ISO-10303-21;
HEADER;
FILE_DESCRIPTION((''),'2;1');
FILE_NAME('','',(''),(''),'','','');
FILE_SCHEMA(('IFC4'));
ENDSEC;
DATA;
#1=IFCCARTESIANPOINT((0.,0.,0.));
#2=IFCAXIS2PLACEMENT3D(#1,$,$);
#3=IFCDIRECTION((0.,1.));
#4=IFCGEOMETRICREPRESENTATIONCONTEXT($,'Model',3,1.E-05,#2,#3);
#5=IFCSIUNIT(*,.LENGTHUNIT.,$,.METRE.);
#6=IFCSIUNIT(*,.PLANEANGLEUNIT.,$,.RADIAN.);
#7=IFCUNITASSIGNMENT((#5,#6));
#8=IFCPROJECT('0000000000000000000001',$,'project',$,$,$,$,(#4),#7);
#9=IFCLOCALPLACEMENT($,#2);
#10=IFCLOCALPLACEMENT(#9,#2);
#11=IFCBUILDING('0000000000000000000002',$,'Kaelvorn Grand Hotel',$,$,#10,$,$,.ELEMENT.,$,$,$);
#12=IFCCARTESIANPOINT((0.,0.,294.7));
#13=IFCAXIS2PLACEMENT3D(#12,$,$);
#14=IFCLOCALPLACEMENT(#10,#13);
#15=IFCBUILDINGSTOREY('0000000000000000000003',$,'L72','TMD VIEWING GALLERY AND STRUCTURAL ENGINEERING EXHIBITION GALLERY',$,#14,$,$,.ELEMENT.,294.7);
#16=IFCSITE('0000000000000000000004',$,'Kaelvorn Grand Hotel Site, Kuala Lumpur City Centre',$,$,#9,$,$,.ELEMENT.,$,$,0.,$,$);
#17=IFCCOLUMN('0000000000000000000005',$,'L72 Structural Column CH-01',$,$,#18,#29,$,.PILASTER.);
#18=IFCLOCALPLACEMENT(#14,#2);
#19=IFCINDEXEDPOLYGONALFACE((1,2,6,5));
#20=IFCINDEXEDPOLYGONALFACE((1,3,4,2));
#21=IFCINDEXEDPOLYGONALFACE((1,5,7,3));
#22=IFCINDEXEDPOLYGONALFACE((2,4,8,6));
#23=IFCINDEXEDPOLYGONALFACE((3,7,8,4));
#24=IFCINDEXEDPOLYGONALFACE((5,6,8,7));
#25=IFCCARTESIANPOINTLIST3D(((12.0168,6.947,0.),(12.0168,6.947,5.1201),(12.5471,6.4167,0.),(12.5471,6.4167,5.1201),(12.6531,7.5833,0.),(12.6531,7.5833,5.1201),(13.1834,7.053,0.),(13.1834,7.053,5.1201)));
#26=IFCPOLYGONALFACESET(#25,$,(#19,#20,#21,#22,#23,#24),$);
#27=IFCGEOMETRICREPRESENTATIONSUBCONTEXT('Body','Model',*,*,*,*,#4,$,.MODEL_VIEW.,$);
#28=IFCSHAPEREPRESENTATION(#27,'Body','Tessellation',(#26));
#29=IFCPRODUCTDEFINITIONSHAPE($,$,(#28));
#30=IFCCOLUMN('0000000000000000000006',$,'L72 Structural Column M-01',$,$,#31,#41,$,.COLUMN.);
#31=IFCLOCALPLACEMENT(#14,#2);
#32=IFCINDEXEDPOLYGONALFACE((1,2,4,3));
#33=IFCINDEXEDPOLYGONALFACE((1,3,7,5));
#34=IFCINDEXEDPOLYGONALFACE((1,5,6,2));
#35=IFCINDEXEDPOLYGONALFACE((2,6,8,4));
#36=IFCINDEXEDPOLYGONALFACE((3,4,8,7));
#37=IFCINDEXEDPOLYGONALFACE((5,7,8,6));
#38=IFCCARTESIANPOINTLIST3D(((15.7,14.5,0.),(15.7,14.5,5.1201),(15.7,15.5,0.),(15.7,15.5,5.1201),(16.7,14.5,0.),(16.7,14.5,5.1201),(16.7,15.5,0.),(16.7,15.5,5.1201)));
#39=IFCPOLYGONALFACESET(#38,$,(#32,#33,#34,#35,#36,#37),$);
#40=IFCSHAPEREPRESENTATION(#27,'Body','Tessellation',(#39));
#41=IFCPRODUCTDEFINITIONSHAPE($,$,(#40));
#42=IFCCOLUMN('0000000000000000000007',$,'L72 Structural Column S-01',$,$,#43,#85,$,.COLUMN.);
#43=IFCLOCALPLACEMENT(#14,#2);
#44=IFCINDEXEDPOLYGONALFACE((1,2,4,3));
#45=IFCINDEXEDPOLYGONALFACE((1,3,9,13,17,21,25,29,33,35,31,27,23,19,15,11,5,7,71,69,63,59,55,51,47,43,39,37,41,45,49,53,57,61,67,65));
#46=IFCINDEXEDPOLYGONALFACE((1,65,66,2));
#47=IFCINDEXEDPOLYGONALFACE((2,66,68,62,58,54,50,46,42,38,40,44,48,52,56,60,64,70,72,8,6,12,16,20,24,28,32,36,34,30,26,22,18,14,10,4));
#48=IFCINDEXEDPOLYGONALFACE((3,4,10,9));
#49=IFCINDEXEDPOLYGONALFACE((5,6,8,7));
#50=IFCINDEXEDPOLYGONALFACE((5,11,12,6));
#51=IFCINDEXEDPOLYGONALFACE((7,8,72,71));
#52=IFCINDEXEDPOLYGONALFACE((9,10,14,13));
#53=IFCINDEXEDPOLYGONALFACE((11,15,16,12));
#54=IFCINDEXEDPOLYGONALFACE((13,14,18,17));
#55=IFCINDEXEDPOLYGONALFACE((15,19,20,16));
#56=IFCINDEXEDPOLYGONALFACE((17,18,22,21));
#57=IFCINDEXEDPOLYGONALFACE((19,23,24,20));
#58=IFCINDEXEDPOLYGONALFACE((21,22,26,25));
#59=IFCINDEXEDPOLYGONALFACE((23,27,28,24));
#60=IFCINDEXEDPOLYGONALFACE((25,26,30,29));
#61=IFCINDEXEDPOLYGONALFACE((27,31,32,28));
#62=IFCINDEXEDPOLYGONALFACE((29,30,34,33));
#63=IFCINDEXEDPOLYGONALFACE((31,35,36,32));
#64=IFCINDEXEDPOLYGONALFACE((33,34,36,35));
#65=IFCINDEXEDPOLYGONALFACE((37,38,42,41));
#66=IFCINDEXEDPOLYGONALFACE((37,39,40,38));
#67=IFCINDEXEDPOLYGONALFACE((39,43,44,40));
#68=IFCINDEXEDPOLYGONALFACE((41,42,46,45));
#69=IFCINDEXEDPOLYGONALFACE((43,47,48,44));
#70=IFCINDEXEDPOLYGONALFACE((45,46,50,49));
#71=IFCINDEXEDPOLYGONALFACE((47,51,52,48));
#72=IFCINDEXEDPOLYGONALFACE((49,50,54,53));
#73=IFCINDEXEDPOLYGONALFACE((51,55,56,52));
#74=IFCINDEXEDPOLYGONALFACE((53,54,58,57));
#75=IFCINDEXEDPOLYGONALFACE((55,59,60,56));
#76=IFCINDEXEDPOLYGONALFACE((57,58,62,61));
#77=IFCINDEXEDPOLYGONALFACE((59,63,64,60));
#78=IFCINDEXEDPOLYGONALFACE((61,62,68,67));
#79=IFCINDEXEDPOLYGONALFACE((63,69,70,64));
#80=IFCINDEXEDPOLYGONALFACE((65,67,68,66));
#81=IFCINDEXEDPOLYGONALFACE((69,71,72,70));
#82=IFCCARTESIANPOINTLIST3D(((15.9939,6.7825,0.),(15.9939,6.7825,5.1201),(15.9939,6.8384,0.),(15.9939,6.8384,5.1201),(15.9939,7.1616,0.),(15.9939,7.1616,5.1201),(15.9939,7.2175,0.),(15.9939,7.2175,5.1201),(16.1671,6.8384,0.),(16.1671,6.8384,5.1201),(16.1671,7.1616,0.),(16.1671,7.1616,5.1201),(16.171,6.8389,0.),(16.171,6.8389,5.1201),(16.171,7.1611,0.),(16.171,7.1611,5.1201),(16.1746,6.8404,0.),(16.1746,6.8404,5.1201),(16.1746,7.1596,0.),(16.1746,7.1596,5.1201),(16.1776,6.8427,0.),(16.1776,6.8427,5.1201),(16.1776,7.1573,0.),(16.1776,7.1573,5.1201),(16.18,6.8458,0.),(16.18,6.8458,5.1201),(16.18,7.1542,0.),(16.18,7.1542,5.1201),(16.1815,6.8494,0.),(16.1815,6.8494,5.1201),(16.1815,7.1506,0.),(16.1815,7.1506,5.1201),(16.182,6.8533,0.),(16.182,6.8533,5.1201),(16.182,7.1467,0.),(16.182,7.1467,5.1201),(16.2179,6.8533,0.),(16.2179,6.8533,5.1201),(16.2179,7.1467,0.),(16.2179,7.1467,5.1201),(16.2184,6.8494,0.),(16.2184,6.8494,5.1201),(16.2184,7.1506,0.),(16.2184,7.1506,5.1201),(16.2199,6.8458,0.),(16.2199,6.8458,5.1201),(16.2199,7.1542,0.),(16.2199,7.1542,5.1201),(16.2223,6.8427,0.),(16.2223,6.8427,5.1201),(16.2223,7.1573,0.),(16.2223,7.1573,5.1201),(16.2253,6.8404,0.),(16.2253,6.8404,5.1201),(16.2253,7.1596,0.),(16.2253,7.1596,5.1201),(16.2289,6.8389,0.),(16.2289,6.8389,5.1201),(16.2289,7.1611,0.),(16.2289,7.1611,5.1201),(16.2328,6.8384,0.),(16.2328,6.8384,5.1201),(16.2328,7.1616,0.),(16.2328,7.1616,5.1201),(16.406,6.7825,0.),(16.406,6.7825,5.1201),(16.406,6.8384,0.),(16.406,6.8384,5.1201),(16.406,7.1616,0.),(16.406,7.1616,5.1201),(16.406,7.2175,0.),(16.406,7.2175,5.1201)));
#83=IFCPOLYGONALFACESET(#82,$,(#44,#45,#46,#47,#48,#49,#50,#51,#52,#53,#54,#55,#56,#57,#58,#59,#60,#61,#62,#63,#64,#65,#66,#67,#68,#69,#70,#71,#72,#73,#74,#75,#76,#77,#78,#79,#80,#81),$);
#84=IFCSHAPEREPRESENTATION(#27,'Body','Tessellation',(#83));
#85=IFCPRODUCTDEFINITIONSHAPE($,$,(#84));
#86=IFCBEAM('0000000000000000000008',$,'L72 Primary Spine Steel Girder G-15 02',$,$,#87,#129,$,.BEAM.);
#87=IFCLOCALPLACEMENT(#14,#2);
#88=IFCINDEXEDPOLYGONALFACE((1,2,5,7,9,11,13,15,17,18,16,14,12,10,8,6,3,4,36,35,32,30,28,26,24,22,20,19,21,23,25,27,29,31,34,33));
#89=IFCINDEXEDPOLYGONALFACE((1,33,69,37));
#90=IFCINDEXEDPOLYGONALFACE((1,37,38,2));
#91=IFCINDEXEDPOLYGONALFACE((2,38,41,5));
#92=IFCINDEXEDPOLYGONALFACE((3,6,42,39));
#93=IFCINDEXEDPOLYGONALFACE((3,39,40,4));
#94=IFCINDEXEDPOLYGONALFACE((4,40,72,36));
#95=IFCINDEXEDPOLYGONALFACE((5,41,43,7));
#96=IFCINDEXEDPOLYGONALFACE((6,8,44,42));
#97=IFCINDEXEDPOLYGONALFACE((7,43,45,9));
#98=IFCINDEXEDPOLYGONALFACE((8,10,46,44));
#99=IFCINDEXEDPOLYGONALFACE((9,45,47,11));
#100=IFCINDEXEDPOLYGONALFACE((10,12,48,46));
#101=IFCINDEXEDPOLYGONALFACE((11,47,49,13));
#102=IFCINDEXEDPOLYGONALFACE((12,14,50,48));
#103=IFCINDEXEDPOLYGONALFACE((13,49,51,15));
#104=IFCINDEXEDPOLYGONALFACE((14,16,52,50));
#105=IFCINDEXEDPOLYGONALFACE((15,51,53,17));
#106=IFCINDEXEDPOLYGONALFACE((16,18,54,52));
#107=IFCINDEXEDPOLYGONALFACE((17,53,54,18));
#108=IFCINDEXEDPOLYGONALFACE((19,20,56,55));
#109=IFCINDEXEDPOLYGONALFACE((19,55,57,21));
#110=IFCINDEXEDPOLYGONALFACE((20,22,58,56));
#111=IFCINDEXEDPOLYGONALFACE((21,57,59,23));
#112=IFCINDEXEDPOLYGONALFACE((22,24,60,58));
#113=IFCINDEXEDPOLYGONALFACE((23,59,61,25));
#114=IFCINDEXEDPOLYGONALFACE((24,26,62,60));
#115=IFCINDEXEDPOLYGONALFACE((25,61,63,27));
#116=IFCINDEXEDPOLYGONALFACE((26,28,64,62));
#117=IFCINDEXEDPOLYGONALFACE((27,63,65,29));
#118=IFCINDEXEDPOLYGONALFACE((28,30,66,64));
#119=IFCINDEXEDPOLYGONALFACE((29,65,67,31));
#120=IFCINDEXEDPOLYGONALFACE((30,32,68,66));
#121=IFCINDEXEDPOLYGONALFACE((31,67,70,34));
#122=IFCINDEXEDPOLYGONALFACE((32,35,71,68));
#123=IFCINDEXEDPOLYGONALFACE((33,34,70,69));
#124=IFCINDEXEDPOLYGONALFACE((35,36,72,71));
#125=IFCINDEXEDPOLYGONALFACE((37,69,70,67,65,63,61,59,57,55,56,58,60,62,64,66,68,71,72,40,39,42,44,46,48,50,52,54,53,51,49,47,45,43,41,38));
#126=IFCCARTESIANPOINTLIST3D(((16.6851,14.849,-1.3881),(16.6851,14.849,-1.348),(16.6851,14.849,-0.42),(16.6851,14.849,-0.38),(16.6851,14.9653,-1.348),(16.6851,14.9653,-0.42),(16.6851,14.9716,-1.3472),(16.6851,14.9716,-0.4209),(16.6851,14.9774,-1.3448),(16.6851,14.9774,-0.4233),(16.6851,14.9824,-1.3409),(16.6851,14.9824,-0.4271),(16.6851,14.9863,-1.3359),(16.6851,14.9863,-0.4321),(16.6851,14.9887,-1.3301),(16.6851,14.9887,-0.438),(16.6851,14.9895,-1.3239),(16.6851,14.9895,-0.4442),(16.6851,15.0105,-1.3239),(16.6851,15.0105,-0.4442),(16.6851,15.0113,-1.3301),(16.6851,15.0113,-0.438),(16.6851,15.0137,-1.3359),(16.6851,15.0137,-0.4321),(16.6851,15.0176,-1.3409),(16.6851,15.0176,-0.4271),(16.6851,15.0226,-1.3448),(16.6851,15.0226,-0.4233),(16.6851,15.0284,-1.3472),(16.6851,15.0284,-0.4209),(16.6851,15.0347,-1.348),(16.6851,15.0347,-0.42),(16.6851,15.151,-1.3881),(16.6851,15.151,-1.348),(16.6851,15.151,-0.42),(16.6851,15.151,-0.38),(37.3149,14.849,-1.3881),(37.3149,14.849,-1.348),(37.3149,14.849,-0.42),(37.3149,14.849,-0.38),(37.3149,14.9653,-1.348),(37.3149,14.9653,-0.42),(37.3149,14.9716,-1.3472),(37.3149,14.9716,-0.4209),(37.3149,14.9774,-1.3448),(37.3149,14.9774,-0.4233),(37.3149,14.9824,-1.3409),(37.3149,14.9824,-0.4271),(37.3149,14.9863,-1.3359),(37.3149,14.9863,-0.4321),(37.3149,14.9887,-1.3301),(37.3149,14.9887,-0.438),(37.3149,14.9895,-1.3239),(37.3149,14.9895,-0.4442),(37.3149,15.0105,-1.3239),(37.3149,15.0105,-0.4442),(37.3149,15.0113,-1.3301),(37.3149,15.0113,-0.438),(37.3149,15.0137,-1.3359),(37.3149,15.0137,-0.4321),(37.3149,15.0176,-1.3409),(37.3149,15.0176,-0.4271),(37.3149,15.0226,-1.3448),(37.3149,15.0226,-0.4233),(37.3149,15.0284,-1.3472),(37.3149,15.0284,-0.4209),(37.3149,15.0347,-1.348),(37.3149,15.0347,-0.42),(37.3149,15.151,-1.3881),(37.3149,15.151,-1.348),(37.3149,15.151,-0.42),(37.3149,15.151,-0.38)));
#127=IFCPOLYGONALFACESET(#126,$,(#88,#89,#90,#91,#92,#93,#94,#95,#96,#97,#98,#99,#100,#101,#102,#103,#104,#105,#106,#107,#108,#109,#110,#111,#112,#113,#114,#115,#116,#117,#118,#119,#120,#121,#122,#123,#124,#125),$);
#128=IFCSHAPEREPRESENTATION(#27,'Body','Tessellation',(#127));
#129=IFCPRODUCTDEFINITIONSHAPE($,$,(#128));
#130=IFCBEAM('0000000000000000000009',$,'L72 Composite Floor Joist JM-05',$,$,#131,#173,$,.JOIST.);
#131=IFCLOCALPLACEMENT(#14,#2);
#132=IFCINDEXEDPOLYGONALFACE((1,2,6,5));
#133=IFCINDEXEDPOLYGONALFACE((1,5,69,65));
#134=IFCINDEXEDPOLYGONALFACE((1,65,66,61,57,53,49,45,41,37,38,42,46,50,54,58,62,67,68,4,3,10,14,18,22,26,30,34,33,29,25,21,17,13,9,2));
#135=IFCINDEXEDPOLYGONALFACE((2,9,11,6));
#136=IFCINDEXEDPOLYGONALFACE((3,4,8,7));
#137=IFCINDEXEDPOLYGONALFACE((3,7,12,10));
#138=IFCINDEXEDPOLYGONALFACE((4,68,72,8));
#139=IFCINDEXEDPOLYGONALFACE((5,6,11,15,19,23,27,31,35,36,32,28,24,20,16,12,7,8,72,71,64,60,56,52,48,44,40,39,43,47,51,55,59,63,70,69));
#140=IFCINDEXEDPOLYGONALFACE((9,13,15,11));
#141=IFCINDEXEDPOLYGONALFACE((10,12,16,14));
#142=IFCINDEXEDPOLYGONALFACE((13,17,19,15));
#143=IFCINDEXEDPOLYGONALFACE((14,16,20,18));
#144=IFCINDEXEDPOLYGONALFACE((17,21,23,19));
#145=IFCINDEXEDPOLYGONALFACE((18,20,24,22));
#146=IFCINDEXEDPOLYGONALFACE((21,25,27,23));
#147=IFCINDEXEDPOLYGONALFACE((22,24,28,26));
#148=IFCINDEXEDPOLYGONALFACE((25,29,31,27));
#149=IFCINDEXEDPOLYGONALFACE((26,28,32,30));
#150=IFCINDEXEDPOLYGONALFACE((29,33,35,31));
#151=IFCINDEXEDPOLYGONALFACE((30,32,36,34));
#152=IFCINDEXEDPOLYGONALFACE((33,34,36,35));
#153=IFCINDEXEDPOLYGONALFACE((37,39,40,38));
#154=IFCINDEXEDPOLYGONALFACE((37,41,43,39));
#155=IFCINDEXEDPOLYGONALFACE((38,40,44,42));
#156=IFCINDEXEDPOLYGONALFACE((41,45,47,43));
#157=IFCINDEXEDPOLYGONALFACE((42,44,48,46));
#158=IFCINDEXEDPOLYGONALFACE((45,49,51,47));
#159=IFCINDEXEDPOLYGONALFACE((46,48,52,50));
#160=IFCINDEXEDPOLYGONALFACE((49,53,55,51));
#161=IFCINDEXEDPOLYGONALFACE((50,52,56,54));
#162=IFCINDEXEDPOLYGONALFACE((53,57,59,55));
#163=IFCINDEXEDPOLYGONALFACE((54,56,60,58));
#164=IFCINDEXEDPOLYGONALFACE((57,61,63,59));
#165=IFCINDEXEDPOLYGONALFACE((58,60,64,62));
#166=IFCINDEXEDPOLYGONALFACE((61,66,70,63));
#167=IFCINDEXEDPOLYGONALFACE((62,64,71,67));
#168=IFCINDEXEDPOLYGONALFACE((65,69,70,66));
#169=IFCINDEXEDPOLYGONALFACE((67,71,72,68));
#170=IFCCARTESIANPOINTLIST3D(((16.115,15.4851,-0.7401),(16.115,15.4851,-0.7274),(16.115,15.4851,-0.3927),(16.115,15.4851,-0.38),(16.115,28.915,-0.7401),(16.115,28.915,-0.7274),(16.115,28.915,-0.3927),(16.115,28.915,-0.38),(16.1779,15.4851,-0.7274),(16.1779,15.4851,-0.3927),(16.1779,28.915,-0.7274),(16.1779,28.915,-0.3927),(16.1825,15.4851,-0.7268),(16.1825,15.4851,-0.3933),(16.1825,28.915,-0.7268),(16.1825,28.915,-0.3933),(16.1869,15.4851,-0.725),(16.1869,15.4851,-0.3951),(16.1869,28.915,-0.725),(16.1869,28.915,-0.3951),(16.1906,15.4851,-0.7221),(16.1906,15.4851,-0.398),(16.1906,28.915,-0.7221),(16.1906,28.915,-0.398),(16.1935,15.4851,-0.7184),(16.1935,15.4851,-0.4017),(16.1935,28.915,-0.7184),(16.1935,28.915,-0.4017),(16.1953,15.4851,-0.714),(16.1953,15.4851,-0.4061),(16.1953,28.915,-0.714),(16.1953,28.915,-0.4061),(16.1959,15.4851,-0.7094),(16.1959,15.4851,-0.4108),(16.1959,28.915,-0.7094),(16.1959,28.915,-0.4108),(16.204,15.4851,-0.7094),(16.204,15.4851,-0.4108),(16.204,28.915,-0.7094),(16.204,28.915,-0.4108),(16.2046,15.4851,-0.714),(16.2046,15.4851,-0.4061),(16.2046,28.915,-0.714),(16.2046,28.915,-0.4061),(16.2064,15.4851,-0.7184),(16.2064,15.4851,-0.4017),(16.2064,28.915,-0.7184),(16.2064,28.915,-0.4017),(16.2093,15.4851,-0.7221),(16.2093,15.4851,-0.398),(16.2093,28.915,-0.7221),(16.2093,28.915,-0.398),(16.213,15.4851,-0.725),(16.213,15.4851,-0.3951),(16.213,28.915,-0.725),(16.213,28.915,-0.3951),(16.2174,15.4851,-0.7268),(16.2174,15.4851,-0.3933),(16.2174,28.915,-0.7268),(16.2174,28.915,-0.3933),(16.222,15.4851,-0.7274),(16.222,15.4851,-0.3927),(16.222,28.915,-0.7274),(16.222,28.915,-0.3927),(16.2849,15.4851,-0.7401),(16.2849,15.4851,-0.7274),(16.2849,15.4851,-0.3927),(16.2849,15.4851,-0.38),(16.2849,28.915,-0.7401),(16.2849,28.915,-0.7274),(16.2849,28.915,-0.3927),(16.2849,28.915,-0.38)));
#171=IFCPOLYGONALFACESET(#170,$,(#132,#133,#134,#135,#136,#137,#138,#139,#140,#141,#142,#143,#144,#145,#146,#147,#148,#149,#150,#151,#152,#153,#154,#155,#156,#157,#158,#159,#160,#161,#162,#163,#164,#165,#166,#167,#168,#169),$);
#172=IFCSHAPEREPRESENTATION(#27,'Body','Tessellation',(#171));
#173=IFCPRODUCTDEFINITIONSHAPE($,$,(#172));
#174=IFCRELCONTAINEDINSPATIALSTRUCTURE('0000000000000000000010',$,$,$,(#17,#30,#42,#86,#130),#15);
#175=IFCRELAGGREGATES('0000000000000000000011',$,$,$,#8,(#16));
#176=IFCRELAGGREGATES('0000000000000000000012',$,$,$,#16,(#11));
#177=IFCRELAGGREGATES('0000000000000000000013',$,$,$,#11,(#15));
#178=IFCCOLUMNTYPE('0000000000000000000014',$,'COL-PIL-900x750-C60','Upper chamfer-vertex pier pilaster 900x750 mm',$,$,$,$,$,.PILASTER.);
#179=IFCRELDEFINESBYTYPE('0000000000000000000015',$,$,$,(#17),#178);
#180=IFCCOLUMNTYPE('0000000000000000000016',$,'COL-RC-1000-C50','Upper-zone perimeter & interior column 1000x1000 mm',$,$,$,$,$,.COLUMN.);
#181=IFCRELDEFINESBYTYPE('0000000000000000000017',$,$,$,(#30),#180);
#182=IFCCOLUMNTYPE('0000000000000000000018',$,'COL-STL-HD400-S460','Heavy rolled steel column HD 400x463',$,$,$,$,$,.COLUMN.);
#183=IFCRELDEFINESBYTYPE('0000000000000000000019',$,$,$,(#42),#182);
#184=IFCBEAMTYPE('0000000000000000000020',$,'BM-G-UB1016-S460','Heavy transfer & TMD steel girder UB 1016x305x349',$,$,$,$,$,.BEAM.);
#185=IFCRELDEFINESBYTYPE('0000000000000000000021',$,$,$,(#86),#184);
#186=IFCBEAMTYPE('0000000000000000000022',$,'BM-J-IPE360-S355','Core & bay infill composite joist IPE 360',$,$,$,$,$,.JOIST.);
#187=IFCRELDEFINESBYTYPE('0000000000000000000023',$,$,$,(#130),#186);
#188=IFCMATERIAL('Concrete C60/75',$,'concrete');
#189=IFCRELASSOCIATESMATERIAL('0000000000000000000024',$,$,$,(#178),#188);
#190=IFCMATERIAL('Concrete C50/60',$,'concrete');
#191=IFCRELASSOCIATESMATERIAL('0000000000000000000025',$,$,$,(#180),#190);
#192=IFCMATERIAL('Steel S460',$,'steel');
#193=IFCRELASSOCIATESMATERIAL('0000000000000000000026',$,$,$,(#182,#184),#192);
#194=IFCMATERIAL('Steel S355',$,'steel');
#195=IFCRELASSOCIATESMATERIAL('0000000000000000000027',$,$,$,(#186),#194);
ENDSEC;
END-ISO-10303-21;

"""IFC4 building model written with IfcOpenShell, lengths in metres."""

from ifc_helpers import new_model, si_unit, direction, frame, origin, origin_2d, place, context, subcontext, project, spatial, rectangle, i_section, extrude, material, material_profile, profile_set, type_object, element, save


model = new_model("IFC4")

# Units and contexts
model_context = context("Model", 3, precision=1e-05, world=origin(), true_north=direction((0.0, 1.0)))
body_context = subcontext(model_context, "Body", "Model", "MODEL_VIEW")
ifc_project = project(units=[si_unit("LENGTHUNIT", "METRE"), si_unit("PLANEANGLEUNIT", "RADIAN")], contexts=[model_context])

# Site, building, storey
site_placement = place(None, origin())
site = spatial("IfcSite", under=ifc_project, at=site_placement, Name="Kaelvorn Grand Hotel Site, Kuala Lumpur City Centre", CompositionType="ELEMENT", RefElevation=0.0)
building_placement = place(site_placement, origin())
building = spatial("IfcBuilding", under=site, at=building_placement, Name="Kaelvorn Grand Hotel", CompositionType="ELEMENT")
storey_placement = place(building_placement, frame((0.0, 0.0, 294.7)))
storey = spatial("IfcBuildingStorey", under=building, at=storey_placement, Name="L72", Description="TMD VIEWING GALLERY AND STRUCTURAL ENGINEERING EXHIBITION GALLERY", CompositionType="ELEMENT", Elevation=294.7)

# Columns
ifc_material_1 = material(Name="Concrete C60/75", Category="concrete")
ifc_material_profile_1 = material_profile(ifc_material_1, rectangle(XDim=0.8999, YDim=0.75, at=origin_2d()), Name="RC PILASTER 900x750")
ifc_profile_set_1 = profile_set([ifc_material_profile_1], Name="Concrete C60/75")
column_type_1 = type_object("IfcColumnType", Name="COL-PIL-900x750-C60", Description="Upper chamfer-vertex pier pilaster 900x750 mm", PredefinedType="PILASTER", material=ifc_profile_set_1)
column_1_placement = place(storey_placement, frame((12.6001, 7.0, 0.0), z_axis=(0.0, 0.0, 1.0), x_axis=(0.707107, 0.707107, 0.0)))
element("IfcColumn", 1, at=column_1_placement, inside=storey, type_object=column_type_1, Name="L72 Structural Column CH-01", PredefinedType="PILASTER", context=body_context, shape_type="SweptSolid", body=[
    extrude(rectangle(XDim=0.8999, YDim=0.75, at=origin_2d()), origin(), (0.0, 0.0, 1.0), 5.1201),
])
ifc_material_2 = material(Name="Concrete C50/60", Category="concrete")
ifc_material_profile_2 = material_profile(ifc_material_2, rectangle(XDim=1.0, YDim=1.0, at=origin_2d()), Name="RC COL 1000x1000")
ifc_profile_set_2 = profile_set([ifc_material_profile_2], Name="Concrete C50/60")
column_type_2 = type_object("IfcColumnType", Name="COL-RC-1000-C50", Description="Upper-zone perimeter & interior column 1000x1000 mm", PredefinedType="COLUMN", material=ifc_profile_set_2)
column_2_placement = place(storey_placement, frame((16.2, 15.0, 0.0), z_axis=(0.0, 0.0, 1.0), x_axis=(1.0, 0.0, 0.0)))
element("IfcColumn", 2, at=column_2_placement, inside=storey, type_object=column_type_2, Name="L72 Structural Column M-01", PredefinedType="COLUMN", context=body_context, shape_type="SweptSolid", body=[
    extrude(rectangle(XDim=1.0, YDim=1.0, at=origin_2d()), origin(), (0.0, 0.0, 1.0), 5.1201),
])
ifc_material_3 = material(Name="Steel S460", Category="steel")
ifc_material_profile_3 = material_profile(ifc_material_3, i_section(OverallWidth=0.4121, OverallDepth=0.4351, WebThickness=0.0359, FlangeThickness=0.0559, FilletRadius=0.0149, at=origin_2d()), Name="HD 400x463")
ifc_profile_set_3 = profile_set([ifc_material_profile_3], Name="Steel S460")
column_type_3 = type_object("IfcColumnType", Name="COL-STL-HD400-S460", Description="Heavy rolled steel column HD 400x463", PredefinedType="COLUMN", material=ifc_profile_set_3)
column_3_placement = place(storey_placement, frame((16.2, 7.0, 0.0), z_axis=(0.0, 0.0, 1.0), x_axis=(1.0, 0.0, 0.0)))
element("IfcColumn", 3, at=column_3_placement, inside=storey, type_object=column_type_3, Name="L72 Structural Column S-01", PredefinedType="COLUMN", context=body_context, shape_type="SweptSolid", body=[
    extrude(i_section(OverallWidth=0.4121, OverallDepth=0.4351, WebThickness=0.0359, FlangeThickness=0.0559, FilletRadius=0.0149, at=origin_2d()), origin(), (0.0, 0.0, 1.0), 5.1201),
])

# Beams
ifc_material_profile_4 = material_profile(ifc_material_3, i_section(OverallWidth=0.302, OverallDepth=1.0081, WebThickness=0.021, FlangeThickness=0.04, FilletRadius=0.0242, at=origin_2d()), Name="UB 1016x305x349")
ifc_profile_set_4 = profile_set([ifc_material_profile_4], Name="Steel S460")
beam_type_1 = type_object("IfcBeamType", Name="BM-G-UB1016-S460", Description="Heavy transfer & TMD steel girder UB 1016x305x349", PredefinedType="BEAM", material=ifc_profile_set_4)
beam_1_placement = place(storey_placement, frame((16.6851, 15.0, -0.884), z_axis=(1.0, 0.0, 0.0), x_axis=(0.0, 1.0, 0.0)))
element("IfcBeam", 4, at=beam_1_placement, inside=storey, type_object=beam_type_1, Name="L72 Primary Spine Steel Girder G-15 02", PredefinedType="BEAM", context=body_context, shape_type="SweptSolid", body=[
    extrude(i_section(OverallWidth=0.302, OverallDepth=1.0081, WebThickness=0.021, FlangeThickness=0.04, FilletRadius=0.0242, at=origin_2d()), origin(), (0.0, 0.0, 1.0), 20.6299),
])
ifc_material_4 = material(Name="Steel S355", Category="steel")
ifc_material_profile_5 = material_profile(ifc_material_4, i_section(OverallWidth=0.1699, OverallDepth=0.3601, WebThickness=0.0081, FlangeThickness=0.0127, FilletRadius=0.0181, at=origin_2d()), Name="IPE 360")
ifc_profile_set_5 = profile_set([ifc_material_profile_5], Name="Steel S355")
beam_type_2 = type_object("IfcBeamType", Name="BM-J-IPE360-S355", Description="Core & bay infill composite joist IPE 360", PredefinedType="JOIST", material=ifc_profile_set_5)
beam_2_placement = place(storey_placement, frame((16.2, 15.4851, -0.5601), z_axis=(0.0, 1.0, 0.0), x_axis=(-1.0, 0.0, 0.0)))
element("IfcBeam", 5, at=beam_2_placement, inside=storey, type_object=beam_type_2, Name="L72 Composite Floor Joist JM-05", PredefinedType="JOIST", context=body_context, shape_type="SweptSolid", body=[
    extrude(i_section(OverallWidth=0.1699, OverallDepth=0.3601, WebThickness=0.0081, FlangeThickness=0.0127, FilletRadius=0.0181, at=origin_2d()), origin(), (0.0, 0.0, 1.0), 13.4299),
])

save(model, "model.ifc")
